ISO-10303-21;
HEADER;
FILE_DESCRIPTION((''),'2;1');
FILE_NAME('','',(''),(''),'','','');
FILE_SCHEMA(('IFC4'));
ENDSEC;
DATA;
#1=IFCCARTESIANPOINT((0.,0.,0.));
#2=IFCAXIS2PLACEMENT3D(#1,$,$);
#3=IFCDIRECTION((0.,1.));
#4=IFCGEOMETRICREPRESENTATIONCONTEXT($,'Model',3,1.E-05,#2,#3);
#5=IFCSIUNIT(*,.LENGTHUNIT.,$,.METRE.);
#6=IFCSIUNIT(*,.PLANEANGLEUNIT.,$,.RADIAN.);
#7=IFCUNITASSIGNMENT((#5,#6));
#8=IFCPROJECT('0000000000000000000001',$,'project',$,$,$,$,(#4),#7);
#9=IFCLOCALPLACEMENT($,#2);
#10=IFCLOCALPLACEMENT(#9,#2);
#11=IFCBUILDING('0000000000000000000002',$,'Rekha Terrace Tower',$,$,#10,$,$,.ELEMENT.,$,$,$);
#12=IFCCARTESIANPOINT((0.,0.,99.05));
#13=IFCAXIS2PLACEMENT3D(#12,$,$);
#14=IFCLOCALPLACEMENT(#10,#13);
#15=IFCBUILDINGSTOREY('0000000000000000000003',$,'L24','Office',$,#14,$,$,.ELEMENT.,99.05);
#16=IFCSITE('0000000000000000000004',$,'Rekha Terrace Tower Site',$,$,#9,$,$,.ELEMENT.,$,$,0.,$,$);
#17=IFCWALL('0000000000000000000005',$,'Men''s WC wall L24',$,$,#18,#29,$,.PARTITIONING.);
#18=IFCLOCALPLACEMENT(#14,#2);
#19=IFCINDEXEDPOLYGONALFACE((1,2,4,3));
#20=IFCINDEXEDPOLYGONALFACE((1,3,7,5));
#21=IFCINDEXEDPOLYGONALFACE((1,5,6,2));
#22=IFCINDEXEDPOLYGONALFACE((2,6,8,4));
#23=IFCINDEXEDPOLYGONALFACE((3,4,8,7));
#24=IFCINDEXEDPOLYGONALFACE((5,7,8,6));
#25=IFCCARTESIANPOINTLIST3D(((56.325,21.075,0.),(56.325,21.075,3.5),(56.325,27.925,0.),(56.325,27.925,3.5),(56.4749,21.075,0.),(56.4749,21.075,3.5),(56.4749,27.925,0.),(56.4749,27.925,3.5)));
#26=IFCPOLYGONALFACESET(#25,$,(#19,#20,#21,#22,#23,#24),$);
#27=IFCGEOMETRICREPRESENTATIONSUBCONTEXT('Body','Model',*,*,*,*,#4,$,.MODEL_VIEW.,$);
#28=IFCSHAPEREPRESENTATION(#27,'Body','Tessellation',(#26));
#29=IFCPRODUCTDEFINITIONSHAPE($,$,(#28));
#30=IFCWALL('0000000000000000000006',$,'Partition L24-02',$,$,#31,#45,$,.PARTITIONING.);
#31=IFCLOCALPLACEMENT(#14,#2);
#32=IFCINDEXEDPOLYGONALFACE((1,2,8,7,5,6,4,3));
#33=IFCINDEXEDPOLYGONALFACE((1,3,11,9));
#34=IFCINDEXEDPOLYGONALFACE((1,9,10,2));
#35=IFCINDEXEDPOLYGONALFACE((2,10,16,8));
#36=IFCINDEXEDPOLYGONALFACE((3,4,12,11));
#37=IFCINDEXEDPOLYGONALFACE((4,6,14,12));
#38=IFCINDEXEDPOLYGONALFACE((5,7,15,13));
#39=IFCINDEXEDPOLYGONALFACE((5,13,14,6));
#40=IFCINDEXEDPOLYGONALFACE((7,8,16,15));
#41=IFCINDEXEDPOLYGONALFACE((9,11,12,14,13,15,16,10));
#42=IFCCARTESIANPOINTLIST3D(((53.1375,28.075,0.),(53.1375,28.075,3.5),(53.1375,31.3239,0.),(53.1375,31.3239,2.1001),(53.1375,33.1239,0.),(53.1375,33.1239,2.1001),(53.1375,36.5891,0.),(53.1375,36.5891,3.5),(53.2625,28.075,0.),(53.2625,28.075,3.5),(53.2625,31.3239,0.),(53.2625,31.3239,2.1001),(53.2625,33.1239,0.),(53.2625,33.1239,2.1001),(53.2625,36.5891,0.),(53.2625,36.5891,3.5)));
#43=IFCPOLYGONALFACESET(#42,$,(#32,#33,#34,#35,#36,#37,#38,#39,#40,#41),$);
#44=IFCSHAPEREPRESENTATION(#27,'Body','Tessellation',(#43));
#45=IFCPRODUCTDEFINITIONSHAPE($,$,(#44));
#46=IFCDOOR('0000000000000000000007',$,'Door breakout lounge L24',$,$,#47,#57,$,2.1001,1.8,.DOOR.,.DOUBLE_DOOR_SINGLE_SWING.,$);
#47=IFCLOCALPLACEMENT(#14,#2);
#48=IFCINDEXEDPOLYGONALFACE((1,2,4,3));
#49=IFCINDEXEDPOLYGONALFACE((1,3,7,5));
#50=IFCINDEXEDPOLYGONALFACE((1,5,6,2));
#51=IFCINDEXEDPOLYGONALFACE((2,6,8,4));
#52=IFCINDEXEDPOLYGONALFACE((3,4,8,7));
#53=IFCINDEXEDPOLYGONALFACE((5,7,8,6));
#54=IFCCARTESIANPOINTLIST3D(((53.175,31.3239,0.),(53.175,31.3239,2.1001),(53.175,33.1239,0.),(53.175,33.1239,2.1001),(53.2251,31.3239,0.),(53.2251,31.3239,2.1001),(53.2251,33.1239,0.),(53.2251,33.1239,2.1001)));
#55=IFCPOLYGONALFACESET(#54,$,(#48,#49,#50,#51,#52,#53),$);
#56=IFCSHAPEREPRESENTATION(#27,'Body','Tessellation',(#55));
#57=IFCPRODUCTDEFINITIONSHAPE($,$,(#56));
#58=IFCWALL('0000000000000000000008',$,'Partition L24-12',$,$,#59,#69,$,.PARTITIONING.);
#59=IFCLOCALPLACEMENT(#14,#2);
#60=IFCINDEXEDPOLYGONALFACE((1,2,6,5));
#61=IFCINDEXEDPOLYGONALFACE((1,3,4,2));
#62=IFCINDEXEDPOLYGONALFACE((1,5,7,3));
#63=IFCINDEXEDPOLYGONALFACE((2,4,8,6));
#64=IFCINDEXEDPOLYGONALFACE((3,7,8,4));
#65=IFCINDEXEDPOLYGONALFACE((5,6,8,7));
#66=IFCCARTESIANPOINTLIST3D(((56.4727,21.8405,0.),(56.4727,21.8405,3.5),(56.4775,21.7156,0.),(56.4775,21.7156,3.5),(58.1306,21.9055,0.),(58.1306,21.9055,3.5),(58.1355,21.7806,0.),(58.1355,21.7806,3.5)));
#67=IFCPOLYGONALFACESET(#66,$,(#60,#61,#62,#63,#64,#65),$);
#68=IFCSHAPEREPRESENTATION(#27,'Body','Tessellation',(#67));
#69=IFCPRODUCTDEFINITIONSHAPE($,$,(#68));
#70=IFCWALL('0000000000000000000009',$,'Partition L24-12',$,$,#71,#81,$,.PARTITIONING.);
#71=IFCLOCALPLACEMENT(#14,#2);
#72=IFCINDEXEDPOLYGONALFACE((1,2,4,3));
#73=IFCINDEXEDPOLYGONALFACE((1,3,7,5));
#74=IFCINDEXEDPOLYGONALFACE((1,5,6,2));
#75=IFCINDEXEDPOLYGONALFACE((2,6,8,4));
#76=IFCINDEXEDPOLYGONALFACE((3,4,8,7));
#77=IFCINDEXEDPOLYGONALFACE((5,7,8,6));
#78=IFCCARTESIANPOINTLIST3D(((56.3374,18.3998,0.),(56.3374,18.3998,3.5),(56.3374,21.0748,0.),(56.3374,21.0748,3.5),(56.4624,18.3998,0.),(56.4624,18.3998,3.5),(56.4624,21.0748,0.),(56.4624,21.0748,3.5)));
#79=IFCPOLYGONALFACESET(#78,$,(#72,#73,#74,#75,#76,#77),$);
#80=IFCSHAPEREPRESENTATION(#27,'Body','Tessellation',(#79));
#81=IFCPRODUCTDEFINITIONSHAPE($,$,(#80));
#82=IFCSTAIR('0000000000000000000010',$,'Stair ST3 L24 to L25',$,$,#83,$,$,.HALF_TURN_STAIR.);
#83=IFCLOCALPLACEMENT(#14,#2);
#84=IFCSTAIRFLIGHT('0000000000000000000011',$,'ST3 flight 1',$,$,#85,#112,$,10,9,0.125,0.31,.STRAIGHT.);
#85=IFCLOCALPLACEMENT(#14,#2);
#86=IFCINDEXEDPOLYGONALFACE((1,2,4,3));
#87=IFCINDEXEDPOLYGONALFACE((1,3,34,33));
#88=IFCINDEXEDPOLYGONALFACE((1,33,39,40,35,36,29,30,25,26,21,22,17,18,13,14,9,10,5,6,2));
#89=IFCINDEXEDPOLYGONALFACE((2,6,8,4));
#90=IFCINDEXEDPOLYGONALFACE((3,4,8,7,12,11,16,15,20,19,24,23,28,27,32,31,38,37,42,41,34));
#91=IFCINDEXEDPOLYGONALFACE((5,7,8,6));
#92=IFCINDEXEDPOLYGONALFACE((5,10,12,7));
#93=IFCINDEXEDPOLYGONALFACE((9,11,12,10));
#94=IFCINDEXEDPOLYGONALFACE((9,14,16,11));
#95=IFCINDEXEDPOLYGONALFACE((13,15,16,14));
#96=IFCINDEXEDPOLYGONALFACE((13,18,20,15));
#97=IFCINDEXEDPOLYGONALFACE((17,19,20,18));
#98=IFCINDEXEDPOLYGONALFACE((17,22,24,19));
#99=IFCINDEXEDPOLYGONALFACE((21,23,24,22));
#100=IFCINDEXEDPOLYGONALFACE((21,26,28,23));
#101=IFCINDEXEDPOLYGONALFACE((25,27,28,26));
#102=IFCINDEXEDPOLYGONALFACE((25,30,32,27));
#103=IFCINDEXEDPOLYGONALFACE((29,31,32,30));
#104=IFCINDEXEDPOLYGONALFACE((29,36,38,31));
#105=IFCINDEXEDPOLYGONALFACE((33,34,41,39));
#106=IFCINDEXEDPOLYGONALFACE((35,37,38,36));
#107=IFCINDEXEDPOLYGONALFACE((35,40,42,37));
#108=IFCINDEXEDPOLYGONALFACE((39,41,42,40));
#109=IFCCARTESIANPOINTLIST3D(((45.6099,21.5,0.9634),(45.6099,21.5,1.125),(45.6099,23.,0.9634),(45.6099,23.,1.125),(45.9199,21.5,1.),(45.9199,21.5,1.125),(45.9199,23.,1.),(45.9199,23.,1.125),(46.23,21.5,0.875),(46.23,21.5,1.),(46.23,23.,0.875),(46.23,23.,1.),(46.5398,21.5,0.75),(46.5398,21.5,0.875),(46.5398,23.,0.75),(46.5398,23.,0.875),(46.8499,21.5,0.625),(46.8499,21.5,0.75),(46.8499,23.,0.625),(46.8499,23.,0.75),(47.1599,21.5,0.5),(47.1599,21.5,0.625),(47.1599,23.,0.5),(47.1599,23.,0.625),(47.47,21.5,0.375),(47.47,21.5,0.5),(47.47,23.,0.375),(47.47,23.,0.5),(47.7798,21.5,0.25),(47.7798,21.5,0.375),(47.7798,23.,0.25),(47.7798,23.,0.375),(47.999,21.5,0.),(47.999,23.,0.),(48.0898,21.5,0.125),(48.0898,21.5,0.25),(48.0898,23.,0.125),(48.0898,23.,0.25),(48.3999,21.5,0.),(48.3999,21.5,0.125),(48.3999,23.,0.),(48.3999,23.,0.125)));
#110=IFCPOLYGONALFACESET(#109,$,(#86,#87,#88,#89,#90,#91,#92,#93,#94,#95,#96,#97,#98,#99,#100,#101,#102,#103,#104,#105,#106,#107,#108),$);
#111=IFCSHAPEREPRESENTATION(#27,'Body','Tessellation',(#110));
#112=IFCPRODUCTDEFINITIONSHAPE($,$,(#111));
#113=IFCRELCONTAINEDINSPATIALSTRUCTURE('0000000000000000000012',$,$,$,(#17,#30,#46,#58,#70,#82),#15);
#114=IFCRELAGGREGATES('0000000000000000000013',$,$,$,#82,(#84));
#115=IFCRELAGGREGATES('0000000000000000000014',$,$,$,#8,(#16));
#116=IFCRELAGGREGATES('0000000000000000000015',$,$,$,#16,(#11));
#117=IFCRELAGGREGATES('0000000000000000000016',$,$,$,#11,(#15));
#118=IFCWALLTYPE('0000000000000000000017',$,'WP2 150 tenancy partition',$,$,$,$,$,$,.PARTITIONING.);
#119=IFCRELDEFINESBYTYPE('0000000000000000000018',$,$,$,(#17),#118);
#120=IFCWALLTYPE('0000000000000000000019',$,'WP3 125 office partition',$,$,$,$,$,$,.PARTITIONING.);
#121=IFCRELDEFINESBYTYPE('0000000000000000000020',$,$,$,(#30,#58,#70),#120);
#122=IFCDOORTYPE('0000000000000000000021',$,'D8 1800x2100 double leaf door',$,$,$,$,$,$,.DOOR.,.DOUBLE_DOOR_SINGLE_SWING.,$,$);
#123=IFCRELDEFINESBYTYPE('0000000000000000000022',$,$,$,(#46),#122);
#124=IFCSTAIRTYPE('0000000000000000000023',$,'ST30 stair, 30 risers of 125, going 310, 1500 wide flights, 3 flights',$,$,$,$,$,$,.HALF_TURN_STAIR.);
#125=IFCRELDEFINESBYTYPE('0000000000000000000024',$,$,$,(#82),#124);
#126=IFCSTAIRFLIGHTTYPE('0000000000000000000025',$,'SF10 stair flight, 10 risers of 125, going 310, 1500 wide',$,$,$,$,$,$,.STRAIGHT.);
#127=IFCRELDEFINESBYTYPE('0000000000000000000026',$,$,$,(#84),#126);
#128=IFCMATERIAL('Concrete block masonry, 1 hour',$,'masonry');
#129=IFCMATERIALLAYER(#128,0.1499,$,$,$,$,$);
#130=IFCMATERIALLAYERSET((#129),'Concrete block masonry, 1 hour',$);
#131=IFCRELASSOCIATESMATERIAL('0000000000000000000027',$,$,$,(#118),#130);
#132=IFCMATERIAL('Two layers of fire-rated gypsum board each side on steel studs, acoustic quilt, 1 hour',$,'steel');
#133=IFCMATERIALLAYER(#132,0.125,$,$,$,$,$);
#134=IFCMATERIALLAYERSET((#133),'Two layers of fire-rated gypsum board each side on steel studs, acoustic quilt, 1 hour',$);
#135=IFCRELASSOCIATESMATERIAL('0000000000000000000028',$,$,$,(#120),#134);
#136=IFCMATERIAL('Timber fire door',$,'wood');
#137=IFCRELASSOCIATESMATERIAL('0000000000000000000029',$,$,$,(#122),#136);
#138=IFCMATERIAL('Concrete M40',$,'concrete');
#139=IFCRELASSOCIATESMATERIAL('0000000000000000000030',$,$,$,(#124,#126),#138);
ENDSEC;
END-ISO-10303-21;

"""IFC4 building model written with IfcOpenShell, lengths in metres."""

from ifc_helpers import new_model, si_unit, direction, frame, frame_2d, origin, place, context, subcontext, project, spatial, polyline, rectangle, outline, extrude, material, layer, layer_set, type_object, element, fill, aggregate, save


model = new_model("IFC4")

# Units and contexts
model_context = context("Model", 3, precision=1e-05, world=origin(), true_north=direction((0.0, 1.0)))
body_context = subcontext(model_context, "Body", "Model", "MODEL_VIEW")
ifc_project = project(units=[si_unit("LENGTHUNIT", "METRE"), si_unit("PLANEANGLEUNIT", "RADIAN")], contexts=[model_context])

# Site, building, storey
site_placement = place(None, origin())
site = spatial("IfcSite", under=ifc_project, at=site_placement, Name="Rekha Terrace Tower Site", CompositionType="ELEMENT", RefElevation=0.0)
building_placement = place(site_placement, origin())
building = spatial("IfcBuilding", under=site, at=building_placement, Name="Rekha Terrace Tower", CompositionType="ELEMENT")
storey_placement = place(building_placement, frame((0.0, 0.0, 99.05)))
storey = spatial("IfcBuildingStorey", under=building, at=storey_placement, Name="L24", Description="Office", CompositionType="ELEMENT", Elevation=99.05)

# Shared definitions
ifc_material_1 = material(Name="Concrete block masonry, 1 hour", Category="masonry")
ifc_layer_1 = layer(ifc_material_1, 0.1499)
ifc_layer_set_1 = layer_set([ifc_layer_1], Name="Concrete block masonry, 1 hour")
wall_type_1 = type_object("IfcWallType", Name="WP2 150 tenancy partition", PredefinedType="PARTITIONING", material=ifc_layer_set_1)

# Wall
wall_1_placement = place(storey_placement, frame((56.3999, 21.075, 0.0), z_axis=(0.0, 0.0, 1.0), x_axis=(0.0, 1.0, 0.0)))
element("IfcWall", 1, at=wall_1_placement, inside=storey, type_object=wall_type_1, Name="Men's WC wall L24", PredefinedType="PARTITIONING", context=body_context, shape_type="SweptSolid", body=[
    extrude(rectangle(XDim=6.8501, YDim=0.1499, at=frame_2d((3.425, 0.0))), origin(), (0.0, 0.0, 1.0), 3.5),
])

# Wall, opening, door
ifc_material_2 = material(Name="Two layers of fire-rated gypsum board each side on steel studs, acoustic quilt, 1 hour", Category="steel")
ifc_layer_2 = layer(ifc_material_2, 0.125)
ifc_layer_set_2 = layer_set([ifc_layer_2], Name="Two layers of fire-rated gypsum board each side on steel studs, acoustic quilt, 1 hour")
wall_type_2 = type_object("IfcWallType", Name="WP3 125 office partition", PredefinedType="PARTITIONING", material=ifc_layer_set_2)
wall_2_placement = place(storey_placement, frame((53.2, 28.075, 0.0), z_axis=(0.0, 0.0, 1.0), x_axis=(0.0, 1.0, 0.0)))
wall_2 = element("IfcWall", 2, at=wall_2_placement, inside=storey, type_object=wall_type_2, Name="Partition L24-02", PredefinedType="PARTITIONING", context=body_context, shape_type="SweptSolid", body=[
    extrude(rectangle(XDim=8.5142, YDim=0.125, at=frame_2d((4.2571, 0.0))), origin(), (0.0, 0.0, 1.0), 3.5),
])
opening_1_placement = place(wall_2_placement, frame((3.249, 0.0, 0.0)))
opening_1 = element("IfcOpeningElement", 3, at=opening_1_placement, cuts=wall_2, PredefinedType="OPENING", context=body_context, shape_type="SweptSolid", body=[
    extrude(rectangle(XDim=1.8, YDim=2.1001, at=frame_2d((0.8999, 1.05))), frame((0.0, 0.0725, 0.0), z_axis=(0.0, -1.0, 0.0), x_axis=(1.0, 0.0, 0.0)), (0.0, 0.0, 1.0), 0.145),
])
ifc_material_3 = material(Name="Timber fire door", Category="wood")
door_type_1 = type_object("IfcDoorType", Name="D8 1800x2100 double leaf door", OperationType="DOUBLE_DOOR_SINGLE_SWING", PredefinedType="DOOR", material=ifc_material_3)
door_1_placement = place(opening_1_placement, origin())
door_1 = element("IfcDoor", 4, at=door_1_placement, inside=storey, type_object=door_type_1, Name="Door breakout lounge L24", OperationType="DOUBLE_DOOR_SINGLE_SWING", OverallHeight=2.1001, OverallWidth=1.8, PredefinedType="DOOR", context=body_context, shape_type="SweptSolid", body=[
    extrude(rectangle(XDim=1.8, YDim=2.1001, at=frame_2d((0.8999, 1.05))), frame((0.0, 0.0249, 0.0), z_axis=(0.0, -1.0, 0.0), x_axis=(1.0, 0.0, 0.0)), (0.0, 0.0, 1.0), 0.05),
])
fill(opening_1, door_1)

# Walls
wall_3_placement = place(storey_placement, frame((56.4751, 21.7781, 0.0), z_axis=(0.0, 0.0, 1.0), x_axis=(0.999234, 0.039139, 0.0)))
element("IfcWall", 5, at=wall_3_placement, inside=storey, type_object=wall_type_2, Name="Partition L24-12", PredefinedType="PARTITIONING", context=body_context, shape_type="SweptSolid", body=[
    extrude(rectangle(XDim=1.6592, YDim=0.125, at=frame_2d((0.8296, 0.0))), origin(), (0.0, 0.0, 1.0), 3.5),
])
wall_4_placement = place(storey_placement, frame((56.3999, 18.3999, 0.0), z_axis=(0.0, 0.0, 1.0), x_axis=(0.0, 1.0, 0.0)))
element("IfcWall", 6, at=wall_4_placement, inside=storey, type_object=wall_type_2, Name="Partition L24-12", PredefinedType="PARTITIONING", context=body_context, shape_type="SweptSolid", body=[
    extrude(rectangle(XDim=2.675, YDim=0.125, at=frame_2d((1.3374, 0.0))), origin(), (0.0, 0.0, 1.0), 3.5),
])

# Stair, stair flight
ifc_material_4 = material(Name="Concrete M40", Category="concrete")
stair_type = type_object("IfcStairType", Name="ST30 stair, 30 risers of 125, going 310, 1500 wide flights, 3 flights", PredefinedType="HALF_TURN_STAIR", material=ifc_material_4)
stair_placement = place(storey_placement, origin())
stair = element("IfcStair", 7, at=stair_placement, inside=storey, type_object=stair_type, Name="Stair ST3 L24 to L25", PredefinedType="HALF_TURN_STAIR")
stair_flight_type = type_object("IfcStairFlightType", Name="SF10 stair flight, 10 risers of 125, going 310, 1500 wide", PredefinedType="STRAIGHT", material=ifc_material_4)
stair_flight_placement = place(storey_placement, frame((48.3999, 22.25, 0.0), z_axis=(0.0, 0.0, 1.0), x_axis=(-1.0, 0.0, 0.0)))
stair_flight = element("IfcStairFlight", 8, at=stair_flight_placement, type_object=stair_flight_type, Name="ST3 flight 1", NumberOfRisers=10, NumberOfTreads=9, PredefinedType="STRAIGHT", RiserHeight=0.125, TreadLength=0.31, context=body_context, shape_type="SweptSolid", body=[
    extrude(outline(polyline([(0.0, 0.0), (0.0, 0.125), (0.3101, 0.125), (0.3101, 0.25), (0.6201, 0.25), (0.6201, 0.375), (0.9299, 0.375), (0.9299, 0.5), (1.24, 0.5), (1.24, 0.625), (1.55, 0.625), (1.55, 0.75), (1.8601, 0.75), (1.8601, 0.875), (2.1699, 0.875), (2.1699, 1.0), (2.48, 1.0), (2.48, 1.125), (2.79, 1.125), (2.79, 1.25), (2.79, 0.9634), (0.4009, 0.0), (0.0, 0.0)])), frame((0.0, 0.75, 0.0), z_axis=(0.0, -1.0, 0.0), x_axis=(1.0, 0.0, 0.0)), (0.0, 0.0, 1.0), 1.5),
])
aggregate(stair, [stair_flight])

save(model, "model.ifc")
